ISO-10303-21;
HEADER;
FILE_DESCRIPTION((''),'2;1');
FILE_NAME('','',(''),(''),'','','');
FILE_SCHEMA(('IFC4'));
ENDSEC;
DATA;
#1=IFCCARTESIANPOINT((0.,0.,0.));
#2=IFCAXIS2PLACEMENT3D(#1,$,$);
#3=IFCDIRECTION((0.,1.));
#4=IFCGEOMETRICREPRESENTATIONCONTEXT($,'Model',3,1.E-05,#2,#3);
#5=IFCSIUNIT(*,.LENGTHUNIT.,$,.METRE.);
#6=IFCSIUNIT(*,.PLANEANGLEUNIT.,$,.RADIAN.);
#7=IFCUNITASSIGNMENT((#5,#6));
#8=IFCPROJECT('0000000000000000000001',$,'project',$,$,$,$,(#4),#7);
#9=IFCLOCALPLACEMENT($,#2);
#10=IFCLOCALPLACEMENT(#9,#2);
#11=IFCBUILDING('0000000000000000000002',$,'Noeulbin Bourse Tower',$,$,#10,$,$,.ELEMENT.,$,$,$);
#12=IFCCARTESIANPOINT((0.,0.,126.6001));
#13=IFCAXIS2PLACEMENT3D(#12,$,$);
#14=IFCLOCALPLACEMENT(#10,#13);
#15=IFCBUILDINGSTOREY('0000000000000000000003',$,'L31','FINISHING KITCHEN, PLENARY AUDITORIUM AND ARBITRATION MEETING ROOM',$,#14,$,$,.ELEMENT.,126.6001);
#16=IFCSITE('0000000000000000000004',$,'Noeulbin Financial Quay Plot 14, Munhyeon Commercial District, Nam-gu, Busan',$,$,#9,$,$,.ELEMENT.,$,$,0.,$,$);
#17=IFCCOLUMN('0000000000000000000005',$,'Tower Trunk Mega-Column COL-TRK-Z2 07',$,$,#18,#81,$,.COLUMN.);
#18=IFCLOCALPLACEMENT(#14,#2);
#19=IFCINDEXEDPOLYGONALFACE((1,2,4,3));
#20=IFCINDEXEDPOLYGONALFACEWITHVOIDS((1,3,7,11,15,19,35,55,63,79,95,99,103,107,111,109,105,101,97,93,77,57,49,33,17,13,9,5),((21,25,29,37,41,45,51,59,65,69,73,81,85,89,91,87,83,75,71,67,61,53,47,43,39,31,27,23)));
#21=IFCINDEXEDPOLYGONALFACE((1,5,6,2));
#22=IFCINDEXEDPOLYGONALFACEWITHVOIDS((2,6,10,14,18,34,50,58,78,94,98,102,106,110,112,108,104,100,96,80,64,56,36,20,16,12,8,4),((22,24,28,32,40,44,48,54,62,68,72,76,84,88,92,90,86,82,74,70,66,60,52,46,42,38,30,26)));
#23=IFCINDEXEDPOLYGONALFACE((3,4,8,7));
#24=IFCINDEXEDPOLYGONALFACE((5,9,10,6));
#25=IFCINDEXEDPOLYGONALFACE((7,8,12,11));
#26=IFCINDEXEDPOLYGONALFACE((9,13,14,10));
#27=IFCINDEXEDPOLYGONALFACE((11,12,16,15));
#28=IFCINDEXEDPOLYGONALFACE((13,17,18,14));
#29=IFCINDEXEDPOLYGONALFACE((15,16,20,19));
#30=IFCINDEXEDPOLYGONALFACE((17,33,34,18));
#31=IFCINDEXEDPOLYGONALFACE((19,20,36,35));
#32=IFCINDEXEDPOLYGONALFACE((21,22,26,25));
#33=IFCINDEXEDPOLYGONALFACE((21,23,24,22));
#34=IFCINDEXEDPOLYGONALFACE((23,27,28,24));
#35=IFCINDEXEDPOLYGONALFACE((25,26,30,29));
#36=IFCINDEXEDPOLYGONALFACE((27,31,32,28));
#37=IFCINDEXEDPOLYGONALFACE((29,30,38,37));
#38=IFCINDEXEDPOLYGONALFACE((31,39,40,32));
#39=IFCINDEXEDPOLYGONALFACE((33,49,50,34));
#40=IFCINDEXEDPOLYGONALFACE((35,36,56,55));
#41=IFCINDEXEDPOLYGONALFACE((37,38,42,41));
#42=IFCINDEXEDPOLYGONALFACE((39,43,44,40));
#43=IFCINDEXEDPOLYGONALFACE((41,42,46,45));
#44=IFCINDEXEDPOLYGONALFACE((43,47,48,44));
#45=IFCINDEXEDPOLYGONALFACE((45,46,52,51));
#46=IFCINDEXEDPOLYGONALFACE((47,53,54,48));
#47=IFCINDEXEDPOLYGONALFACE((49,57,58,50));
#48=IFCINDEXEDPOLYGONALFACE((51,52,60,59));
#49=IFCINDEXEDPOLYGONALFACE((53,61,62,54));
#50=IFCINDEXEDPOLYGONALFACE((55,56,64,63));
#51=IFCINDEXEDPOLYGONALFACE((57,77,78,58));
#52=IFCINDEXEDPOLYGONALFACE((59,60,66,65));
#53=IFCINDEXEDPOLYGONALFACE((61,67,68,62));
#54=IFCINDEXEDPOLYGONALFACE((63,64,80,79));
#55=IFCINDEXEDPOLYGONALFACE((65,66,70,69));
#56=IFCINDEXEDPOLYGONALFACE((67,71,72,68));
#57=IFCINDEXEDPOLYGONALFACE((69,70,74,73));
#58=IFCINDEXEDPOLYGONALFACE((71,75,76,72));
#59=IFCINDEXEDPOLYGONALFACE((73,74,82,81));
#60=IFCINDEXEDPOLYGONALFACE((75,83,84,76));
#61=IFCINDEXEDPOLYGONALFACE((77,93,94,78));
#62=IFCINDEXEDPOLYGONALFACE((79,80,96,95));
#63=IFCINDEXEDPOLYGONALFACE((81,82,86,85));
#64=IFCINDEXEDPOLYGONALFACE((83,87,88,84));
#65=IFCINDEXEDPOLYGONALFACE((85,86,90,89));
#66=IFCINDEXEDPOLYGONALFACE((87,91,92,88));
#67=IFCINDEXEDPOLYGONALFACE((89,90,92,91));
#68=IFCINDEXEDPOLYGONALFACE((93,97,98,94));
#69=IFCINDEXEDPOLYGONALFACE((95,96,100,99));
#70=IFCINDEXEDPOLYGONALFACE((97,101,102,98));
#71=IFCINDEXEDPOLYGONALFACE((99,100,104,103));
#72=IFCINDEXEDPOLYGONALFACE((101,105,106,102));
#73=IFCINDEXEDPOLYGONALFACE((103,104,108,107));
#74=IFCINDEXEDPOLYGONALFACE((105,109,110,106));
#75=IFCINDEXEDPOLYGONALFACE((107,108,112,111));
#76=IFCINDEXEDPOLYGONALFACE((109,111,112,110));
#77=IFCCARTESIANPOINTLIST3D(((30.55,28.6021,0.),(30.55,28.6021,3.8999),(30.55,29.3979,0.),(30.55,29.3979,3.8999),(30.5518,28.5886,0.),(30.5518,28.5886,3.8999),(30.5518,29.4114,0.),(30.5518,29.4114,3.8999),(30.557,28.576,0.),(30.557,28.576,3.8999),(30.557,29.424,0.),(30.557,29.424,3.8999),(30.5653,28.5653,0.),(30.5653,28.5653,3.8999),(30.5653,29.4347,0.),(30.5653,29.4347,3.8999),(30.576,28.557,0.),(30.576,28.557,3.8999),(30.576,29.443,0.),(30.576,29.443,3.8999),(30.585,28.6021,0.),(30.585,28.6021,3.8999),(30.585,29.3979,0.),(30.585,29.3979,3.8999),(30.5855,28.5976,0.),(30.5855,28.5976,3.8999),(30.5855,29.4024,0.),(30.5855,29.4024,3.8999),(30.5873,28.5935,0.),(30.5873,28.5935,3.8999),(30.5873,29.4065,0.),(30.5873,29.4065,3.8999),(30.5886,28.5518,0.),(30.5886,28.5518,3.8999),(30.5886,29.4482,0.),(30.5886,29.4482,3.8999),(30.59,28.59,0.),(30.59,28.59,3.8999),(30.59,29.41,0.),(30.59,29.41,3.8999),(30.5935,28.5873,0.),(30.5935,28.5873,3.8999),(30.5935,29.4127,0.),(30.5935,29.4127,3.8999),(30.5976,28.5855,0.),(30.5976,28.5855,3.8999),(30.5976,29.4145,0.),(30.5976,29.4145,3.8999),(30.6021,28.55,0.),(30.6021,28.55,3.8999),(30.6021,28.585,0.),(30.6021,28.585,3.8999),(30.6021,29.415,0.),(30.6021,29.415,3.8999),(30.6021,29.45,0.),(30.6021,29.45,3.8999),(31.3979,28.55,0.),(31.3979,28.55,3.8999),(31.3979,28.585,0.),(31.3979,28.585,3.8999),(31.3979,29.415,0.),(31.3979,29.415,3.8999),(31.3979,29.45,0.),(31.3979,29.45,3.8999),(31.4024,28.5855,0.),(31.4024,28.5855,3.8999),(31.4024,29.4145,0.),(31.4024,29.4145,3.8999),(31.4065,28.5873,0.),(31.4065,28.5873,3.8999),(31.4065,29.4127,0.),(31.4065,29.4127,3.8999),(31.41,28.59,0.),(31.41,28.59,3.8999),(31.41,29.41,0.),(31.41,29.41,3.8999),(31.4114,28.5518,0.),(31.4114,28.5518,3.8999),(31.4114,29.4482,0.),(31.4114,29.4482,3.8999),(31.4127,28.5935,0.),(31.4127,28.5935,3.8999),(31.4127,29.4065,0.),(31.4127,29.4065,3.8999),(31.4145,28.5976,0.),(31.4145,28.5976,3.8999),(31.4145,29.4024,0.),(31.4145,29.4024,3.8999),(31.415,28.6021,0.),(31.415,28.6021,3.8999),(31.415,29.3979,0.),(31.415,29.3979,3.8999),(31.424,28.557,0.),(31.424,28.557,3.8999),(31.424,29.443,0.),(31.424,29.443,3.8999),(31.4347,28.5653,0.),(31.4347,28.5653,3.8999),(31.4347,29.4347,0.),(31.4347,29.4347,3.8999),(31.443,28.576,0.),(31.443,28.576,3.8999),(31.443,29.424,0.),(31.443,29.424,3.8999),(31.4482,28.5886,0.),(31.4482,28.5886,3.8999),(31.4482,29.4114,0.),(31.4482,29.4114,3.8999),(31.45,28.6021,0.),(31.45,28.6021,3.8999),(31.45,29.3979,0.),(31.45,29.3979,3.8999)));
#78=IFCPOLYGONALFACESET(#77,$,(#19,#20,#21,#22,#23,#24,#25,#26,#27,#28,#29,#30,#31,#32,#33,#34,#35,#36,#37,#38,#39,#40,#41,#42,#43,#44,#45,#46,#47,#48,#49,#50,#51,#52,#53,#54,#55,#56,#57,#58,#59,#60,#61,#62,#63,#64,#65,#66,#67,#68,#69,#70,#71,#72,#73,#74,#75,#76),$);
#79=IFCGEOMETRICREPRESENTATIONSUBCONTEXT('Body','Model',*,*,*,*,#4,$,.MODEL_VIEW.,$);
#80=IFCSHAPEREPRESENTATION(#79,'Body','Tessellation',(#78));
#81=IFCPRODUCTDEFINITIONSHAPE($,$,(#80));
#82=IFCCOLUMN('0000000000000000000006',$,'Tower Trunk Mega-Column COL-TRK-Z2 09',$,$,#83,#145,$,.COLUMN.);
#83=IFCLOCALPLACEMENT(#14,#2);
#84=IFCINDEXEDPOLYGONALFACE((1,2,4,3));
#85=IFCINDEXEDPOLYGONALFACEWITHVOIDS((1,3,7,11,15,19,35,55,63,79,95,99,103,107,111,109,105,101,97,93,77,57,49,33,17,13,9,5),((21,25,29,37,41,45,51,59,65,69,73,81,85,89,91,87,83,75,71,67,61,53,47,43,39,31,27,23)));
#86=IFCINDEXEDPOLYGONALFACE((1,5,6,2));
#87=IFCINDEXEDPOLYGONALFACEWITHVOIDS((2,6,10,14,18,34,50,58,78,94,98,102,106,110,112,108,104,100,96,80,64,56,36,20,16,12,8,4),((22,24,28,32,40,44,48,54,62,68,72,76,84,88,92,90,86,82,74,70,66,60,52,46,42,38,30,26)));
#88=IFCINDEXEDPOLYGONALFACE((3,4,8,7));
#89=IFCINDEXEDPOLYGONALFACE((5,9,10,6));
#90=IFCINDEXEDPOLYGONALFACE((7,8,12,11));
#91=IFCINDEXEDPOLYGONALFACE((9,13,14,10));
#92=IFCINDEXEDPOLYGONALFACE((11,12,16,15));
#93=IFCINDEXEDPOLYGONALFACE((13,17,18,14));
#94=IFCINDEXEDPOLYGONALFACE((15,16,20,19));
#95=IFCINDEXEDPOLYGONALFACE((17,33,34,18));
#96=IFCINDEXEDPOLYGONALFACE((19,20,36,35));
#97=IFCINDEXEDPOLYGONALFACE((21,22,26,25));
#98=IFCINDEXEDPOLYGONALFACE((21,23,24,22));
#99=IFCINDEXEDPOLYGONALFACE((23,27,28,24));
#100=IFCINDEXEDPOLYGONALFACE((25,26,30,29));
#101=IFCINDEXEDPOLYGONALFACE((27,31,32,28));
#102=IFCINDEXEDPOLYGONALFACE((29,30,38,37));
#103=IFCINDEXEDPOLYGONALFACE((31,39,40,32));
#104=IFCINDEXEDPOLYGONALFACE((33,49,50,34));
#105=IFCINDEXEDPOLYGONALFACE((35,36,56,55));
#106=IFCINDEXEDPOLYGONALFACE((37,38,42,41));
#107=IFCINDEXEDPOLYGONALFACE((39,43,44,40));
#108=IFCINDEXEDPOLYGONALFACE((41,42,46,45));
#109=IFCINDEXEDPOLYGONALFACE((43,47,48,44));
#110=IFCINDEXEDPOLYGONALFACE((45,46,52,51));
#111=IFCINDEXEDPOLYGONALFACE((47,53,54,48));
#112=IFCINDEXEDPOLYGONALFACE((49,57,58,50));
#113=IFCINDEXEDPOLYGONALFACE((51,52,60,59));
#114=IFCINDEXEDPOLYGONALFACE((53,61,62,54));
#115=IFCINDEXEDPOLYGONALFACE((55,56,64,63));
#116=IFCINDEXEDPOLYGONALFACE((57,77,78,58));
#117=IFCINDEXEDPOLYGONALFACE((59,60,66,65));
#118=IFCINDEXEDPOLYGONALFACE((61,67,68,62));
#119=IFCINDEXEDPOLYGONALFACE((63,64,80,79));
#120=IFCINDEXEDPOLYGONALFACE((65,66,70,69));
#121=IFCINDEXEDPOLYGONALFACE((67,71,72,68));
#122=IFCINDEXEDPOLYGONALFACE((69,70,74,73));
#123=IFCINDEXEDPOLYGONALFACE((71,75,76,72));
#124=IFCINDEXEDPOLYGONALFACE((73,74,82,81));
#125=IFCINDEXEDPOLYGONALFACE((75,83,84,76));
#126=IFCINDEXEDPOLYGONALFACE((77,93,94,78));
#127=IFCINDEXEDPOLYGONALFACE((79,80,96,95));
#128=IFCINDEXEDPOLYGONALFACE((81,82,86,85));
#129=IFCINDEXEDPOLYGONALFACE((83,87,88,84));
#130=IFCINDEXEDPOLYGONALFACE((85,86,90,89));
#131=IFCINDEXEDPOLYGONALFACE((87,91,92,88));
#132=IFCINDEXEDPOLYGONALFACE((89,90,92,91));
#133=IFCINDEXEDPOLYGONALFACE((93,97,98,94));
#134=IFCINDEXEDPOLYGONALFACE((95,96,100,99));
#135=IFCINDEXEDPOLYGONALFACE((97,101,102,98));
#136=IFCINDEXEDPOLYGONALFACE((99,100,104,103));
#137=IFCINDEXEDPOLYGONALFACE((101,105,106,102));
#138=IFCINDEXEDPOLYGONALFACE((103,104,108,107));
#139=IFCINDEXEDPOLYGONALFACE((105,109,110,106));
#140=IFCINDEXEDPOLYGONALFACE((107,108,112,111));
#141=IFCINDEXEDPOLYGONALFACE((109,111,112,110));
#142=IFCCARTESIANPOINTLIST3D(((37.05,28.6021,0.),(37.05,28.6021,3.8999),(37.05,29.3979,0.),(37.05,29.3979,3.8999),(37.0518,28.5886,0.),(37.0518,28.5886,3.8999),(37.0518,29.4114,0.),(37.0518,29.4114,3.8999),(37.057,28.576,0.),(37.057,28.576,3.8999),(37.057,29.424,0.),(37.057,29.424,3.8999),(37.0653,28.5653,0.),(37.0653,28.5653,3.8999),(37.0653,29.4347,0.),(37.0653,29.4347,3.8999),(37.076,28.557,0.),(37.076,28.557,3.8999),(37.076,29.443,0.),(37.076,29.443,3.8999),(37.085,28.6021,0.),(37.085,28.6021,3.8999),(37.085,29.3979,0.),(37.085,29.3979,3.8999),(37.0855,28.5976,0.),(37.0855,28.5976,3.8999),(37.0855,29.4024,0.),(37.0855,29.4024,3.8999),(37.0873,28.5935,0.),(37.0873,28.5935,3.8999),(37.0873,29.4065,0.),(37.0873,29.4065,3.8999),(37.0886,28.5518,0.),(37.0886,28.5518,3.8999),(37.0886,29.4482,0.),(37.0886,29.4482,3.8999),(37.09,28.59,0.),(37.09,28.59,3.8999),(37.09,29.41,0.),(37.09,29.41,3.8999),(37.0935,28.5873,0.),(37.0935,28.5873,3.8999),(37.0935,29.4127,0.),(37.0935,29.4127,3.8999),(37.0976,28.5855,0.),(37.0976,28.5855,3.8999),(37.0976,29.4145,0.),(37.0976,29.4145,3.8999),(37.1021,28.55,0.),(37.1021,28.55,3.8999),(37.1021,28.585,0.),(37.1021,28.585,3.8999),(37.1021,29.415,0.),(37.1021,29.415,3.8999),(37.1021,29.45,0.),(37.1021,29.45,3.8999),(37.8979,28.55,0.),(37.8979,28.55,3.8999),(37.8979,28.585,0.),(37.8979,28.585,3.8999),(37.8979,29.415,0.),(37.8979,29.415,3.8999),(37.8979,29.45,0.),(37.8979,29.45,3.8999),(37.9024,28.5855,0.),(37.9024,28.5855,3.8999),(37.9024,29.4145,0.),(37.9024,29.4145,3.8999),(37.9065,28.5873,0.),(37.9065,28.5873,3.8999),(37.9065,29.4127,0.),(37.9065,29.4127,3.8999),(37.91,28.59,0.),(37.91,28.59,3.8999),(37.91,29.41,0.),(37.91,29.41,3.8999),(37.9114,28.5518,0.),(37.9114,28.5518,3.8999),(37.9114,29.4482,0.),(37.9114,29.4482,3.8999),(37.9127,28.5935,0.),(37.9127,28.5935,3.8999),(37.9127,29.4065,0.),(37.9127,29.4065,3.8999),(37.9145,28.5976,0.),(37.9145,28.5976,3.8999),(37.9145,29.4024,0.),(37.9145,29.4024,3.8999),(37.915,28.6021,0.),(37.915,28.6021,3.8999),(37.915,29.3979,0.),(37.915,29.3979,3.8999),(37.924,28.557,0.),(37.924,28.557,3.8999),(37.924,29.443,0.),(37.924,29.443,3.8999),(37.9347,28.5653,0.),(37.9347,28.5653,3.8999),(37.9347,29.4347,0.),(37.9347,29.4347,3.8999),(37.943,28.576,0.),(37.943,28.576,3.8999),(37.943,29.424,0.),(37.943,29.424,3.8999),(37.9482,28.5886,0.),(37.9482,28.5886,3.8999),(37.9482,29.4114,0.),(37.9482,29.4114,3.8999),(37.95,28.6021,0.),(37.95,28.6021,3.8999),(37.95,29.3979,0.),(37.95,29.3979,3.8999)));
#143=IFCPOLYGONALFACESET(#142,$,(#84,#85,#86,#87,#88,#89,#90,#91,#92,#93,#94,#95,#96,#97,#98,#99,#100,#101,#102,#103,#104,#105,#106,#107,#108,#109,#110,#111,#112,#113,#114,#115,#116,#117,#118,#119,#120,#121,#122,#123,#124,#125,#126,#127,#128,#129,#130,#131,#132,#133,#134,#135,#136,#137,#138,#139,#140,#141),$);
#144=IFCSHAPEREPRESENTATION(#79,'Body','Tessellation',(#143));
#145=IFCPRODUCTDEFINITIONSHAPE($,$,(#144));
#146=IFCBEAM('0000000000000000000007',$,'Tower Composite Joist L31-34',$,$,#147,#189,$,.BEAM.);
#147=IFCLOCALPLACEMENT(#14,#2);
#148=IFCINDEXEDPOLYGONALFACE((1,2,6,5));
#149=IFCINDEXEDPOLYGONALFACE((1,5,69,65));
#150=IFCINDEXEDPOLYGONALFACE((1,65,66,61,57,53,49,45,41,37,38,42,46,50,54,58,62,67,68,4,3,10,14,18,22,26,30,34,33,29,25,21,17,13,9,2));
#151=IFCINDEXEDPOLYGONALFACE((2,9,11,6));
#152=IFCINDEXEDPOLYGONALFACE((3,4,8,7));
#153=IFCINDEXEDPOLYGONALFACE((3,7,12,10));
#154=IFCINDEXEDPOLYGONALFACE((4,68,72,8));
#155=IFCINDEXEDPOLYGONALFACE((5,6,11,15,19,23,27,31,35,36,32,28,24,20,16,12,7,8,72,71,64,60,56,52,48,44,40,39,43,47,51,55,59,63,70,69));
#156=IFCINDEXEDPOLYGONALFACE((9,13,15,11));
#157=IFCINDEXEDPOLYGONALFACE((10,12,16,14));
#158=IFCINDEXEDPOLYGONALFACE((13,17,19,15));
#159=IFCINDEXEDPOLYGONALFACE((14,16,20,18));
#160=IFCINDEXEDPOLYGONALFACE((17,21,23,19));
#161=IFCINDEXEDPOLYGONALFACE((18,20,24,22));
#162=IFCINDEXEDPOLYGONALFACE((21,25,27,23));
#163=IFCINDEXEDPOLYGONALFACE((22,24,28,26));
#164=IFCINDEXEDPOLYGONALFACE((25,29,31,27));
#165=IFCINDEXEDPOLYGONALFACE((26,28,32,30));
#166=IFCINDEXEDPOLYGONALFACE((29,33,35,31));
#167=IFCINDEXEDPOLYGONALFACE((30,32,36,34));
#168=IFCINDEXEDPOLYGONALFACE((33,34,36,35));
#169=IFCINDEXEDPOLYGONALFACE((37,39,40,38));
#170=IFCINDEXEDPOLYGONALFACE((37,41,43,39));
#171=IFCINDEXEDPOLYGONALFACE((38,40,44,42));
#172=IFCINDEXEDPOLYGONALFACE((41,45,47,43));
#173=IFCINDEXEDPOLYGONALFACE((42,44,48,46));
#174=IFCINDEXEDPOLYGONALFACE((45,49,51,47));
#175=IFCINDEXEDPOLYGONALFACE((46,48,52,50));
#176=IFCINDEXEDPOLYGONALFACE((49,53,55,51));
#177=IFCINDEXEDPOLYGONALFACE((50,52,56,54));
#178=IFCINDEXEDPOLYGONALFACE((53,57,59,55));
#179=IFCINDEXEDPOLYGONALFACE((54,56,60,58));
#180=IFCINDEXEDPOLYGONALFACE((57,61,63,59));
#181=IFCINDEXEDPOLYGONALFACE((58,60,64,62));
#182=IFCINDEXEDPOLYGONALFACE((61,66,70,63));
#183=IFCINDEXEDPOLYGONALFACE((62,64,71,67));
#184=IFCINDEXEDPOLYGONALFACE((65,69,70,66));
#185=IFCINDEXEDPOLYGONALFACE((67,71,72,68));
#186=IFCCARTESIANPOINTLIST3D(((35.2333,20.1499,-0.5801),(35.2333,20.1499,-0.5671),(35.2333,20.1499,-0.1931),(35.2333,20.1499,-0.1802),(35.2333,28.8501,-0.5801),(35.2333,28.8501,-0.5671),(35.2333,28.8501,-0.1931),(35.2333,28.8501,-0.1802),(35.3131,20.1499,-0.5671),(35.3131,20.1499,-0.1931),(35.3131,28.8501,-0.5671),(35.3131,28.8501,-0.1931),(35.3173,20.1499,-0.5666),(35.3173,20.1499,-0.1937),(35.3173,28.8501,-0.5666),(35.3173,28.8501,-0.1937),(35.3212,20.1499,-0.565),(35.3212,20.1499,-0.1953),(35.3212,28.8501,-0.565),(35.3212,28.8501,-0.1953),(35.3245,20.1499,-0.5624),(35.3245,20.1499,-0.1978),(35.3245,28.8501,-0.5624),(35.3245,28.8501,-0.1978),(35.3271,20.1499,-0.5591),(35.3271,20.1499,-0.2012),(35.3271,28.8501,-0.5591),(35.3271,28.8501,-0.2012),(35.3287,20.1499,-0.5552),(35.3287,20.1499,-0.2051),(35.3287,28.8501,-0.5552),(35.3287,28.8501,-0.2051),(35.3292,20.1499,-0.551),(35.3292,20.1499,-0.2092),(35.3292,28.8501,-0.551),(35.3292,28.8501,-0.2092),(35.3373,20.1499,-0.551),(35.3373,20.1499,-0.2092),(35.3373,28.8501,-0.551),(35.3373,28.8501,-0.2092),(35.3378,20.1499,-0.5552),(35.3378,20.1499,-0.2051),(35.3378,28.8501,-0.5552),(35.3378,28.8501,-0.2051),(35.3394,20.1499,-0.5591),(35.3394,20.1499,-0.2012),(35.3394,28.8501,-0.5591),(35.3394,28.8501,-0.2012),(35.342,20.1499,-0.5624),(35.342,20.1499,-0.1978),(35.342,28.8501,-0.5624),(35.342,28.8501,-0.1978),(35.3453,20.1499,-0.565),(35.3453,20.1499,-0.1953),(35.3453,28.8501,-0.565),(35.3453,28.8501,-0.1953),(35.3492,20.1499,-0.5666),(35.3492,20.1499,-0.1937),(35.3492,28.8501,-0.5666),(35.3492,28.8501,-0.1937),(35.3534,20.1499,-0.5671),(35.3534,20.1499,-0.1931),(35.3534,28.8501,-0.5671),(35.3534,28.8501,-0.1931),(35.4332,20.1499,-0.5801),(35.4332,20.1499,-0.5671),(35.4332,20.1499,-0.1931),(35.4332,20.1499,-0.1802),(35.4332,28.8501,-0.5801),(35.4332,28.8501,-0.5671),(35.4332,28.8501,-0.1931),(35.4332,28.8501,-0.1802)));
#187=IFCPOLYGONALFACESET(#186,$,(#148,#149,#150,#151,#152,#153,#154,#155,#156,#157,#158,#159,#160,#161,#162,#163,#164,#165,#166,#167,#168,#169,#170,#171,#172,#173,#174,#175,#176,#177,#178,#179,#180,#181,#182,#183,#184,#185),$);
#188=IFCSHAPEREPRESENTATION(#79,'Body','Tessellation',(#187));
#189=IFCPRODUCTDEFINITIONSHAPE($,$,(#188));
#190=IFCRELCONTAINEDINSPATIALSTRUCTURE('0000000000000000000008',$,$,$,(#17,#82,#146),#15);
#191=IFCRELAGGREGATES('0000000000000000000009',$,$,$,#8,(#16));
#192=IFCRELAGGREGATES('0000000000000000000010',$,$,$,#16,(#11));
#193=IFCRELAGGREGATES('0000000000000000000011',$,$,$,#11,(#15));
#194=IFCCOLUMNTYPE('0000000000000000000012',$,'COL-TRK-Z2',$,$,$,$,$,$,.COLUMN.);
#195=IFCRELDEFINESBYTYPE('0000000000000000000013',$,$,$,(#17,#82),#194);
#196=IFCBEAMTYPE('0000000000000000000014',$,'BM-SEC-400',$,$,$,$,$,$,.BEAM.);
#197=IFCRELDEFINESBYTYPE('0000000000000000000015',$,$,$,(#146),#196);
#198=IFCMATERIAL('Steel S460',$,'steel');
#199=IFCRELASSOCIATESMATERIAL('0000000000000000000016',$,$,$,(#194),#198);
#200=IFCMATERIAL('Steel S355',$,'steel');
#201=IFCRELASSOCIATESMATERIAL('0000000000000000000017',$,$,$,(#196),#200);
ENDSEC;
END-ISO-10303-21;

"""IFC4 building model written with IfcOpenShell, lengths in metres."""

from ifc_helpers import new_model, si_unit, direction, frame, origin, origin_2d, place, context, subcontext, project, spatial, hollow_rectangle, i_section, extrude, material, material_profile, profile_set, type_object, element, save


model = new_model("IFC4")

# Units and contexts
model_context = context("Model", 3, precision=1e-05, world=origin(), true_north=direction((0.0, 1.0)))
body_context = subcontext(model_context, "Body", "Model", "MODEL_VIEW")
ifc_project = project(units=[si_unit("LENGTHUNIT", "METRE"), si_unit("PLANEANGLEUNIT", "RADIAN")], contexts=[model_context])

# Site, building, storey
site_placement = place(None, origin())
site = spatial("IfcSite", under=ifc_project, at=site_placement, Name="Noeulbin Financial Quay Plot 14, Munhyeon Commercial District, Nam-gu, Busan", CompositionType="ELEMENT", RefElevation=0.0)
building_placement = place(site_placement, origin())
building = spatial("IfcBuilding", under=site, at=building_placement, Name="Noeulbin Bourse Tower", CompositionType="ELEMENT")
storey_placement = place(building_placement, frame((0.0, 0.0, 126.6001)))
storey = spatial("IfcBuildingStorey", under=building, at=storey_placement, Name="L31", Description="FINISHING KITCHEN, PLENARY AUDITORIUM AND ARBITRATION MEETING ROOM", CompositionType="ELEMENT", Elevation=126.6001)

# Columns
ifc_material_1 = material(Name="Steel S460", Category="steel")
ifc_material_profile_1 = material_profile(ifc_material_1, hollow_rectangle(XDim=0.8999, YDim=0.8999, WallThickness=0.0349, InnerFilletRadius=0.0171, OuterFilletRadius=0.052, at=origin_2d()), Name="BOX-900x900x35", Category="LoadBearing")
ifc_profile_set_1 = profile_set([ifc_material_profile_1], Name="Steel S460")
column_type = type_object("IfcColumnType", Name="COL-TRK-Z2", PredefinedType="COLUMN", material=ifc_profile_set_1)
for number, where, z_axis, x_axis, name in (
    (1, (31.0, 29.0, 0.0), (0.0, 0.0, 1.0), (1.0, 0.0, 0.0), "Tower Trunk Mega-Column COL-TRK-Z2 07"),
    (2, (37.5, 29.0, 0.0), (0.0, 0.0, 1.0), (1.0, 0.0, 0.0), "Tower Trunk Mega-Column COL-TRK-Z2 09"),
):
    element("IfcColumn", number, at=place(storey_placement, frame(where, z_axis=z_axis, x_axis=x_axis)), inside=storey, type_object=column_type, Name=name, PredefinedType="COLUMN", context=body_context, shape_type="SweptSolid", body=[
        extrude(hollow_rectangle(XDim=0.8999, YDim=0.8999, WallThickness=0.0349, InnerFilletRadius=0.0171, OuterFilletRadius=0.052, at=origin_2d()), origin(), (0.0, 0.0, 1.0), 3.8999),
    ])

# Beam
ifc_material_2 = material(Name="Steel S355", Category="steel")
ifc_material_profile_2 = material_profile(ifc_material_2, i_section(OverallWidth=0.2, OverallDepth=0.3999, WebThickness=0.0081, FlangeThickness=0.0129, FilletRadius=0.0161, at=origin_2d()), Name="H-400x200x8x13", Category="LoadBearing")
ifc_profile_set_2 = profile_set([ifc_material_profile_2], Name="Steel S355")
beam_type = type_object("IfcBeamType", Name="BM-SEC-400", PredefinedType="BEAM", material=ifc_profile_set_2)
for number, where, z_axis, x_axis, name in (
    (3, (35.3333, 20.1499, -0.3801), (0.0, 1.0, 0.0), (-1.0, 0.0, 0.0), "Tower Composite Joist L31-34"),
):
    element("IfcBeam", number, at=place(storey_placement, frame(where, z_axis=z_axis, x_axis=x_axis)), inside=storey, type_object=beam_type, Name=name, PredefinedType="BEAM", context=body_context, shape_type="SweptSolid", body=[
        extrude(i_section(OverallWidth=0.2, OverallDepth=0.3999, WebThickness=0.0081, FlangeThickness=0.0129, FilletRadius=0.0161, at=origin_2d()), origin(), (0.0, 0.0, 1.0), 8.7002),
    ])

save(model, "model.ifc")
